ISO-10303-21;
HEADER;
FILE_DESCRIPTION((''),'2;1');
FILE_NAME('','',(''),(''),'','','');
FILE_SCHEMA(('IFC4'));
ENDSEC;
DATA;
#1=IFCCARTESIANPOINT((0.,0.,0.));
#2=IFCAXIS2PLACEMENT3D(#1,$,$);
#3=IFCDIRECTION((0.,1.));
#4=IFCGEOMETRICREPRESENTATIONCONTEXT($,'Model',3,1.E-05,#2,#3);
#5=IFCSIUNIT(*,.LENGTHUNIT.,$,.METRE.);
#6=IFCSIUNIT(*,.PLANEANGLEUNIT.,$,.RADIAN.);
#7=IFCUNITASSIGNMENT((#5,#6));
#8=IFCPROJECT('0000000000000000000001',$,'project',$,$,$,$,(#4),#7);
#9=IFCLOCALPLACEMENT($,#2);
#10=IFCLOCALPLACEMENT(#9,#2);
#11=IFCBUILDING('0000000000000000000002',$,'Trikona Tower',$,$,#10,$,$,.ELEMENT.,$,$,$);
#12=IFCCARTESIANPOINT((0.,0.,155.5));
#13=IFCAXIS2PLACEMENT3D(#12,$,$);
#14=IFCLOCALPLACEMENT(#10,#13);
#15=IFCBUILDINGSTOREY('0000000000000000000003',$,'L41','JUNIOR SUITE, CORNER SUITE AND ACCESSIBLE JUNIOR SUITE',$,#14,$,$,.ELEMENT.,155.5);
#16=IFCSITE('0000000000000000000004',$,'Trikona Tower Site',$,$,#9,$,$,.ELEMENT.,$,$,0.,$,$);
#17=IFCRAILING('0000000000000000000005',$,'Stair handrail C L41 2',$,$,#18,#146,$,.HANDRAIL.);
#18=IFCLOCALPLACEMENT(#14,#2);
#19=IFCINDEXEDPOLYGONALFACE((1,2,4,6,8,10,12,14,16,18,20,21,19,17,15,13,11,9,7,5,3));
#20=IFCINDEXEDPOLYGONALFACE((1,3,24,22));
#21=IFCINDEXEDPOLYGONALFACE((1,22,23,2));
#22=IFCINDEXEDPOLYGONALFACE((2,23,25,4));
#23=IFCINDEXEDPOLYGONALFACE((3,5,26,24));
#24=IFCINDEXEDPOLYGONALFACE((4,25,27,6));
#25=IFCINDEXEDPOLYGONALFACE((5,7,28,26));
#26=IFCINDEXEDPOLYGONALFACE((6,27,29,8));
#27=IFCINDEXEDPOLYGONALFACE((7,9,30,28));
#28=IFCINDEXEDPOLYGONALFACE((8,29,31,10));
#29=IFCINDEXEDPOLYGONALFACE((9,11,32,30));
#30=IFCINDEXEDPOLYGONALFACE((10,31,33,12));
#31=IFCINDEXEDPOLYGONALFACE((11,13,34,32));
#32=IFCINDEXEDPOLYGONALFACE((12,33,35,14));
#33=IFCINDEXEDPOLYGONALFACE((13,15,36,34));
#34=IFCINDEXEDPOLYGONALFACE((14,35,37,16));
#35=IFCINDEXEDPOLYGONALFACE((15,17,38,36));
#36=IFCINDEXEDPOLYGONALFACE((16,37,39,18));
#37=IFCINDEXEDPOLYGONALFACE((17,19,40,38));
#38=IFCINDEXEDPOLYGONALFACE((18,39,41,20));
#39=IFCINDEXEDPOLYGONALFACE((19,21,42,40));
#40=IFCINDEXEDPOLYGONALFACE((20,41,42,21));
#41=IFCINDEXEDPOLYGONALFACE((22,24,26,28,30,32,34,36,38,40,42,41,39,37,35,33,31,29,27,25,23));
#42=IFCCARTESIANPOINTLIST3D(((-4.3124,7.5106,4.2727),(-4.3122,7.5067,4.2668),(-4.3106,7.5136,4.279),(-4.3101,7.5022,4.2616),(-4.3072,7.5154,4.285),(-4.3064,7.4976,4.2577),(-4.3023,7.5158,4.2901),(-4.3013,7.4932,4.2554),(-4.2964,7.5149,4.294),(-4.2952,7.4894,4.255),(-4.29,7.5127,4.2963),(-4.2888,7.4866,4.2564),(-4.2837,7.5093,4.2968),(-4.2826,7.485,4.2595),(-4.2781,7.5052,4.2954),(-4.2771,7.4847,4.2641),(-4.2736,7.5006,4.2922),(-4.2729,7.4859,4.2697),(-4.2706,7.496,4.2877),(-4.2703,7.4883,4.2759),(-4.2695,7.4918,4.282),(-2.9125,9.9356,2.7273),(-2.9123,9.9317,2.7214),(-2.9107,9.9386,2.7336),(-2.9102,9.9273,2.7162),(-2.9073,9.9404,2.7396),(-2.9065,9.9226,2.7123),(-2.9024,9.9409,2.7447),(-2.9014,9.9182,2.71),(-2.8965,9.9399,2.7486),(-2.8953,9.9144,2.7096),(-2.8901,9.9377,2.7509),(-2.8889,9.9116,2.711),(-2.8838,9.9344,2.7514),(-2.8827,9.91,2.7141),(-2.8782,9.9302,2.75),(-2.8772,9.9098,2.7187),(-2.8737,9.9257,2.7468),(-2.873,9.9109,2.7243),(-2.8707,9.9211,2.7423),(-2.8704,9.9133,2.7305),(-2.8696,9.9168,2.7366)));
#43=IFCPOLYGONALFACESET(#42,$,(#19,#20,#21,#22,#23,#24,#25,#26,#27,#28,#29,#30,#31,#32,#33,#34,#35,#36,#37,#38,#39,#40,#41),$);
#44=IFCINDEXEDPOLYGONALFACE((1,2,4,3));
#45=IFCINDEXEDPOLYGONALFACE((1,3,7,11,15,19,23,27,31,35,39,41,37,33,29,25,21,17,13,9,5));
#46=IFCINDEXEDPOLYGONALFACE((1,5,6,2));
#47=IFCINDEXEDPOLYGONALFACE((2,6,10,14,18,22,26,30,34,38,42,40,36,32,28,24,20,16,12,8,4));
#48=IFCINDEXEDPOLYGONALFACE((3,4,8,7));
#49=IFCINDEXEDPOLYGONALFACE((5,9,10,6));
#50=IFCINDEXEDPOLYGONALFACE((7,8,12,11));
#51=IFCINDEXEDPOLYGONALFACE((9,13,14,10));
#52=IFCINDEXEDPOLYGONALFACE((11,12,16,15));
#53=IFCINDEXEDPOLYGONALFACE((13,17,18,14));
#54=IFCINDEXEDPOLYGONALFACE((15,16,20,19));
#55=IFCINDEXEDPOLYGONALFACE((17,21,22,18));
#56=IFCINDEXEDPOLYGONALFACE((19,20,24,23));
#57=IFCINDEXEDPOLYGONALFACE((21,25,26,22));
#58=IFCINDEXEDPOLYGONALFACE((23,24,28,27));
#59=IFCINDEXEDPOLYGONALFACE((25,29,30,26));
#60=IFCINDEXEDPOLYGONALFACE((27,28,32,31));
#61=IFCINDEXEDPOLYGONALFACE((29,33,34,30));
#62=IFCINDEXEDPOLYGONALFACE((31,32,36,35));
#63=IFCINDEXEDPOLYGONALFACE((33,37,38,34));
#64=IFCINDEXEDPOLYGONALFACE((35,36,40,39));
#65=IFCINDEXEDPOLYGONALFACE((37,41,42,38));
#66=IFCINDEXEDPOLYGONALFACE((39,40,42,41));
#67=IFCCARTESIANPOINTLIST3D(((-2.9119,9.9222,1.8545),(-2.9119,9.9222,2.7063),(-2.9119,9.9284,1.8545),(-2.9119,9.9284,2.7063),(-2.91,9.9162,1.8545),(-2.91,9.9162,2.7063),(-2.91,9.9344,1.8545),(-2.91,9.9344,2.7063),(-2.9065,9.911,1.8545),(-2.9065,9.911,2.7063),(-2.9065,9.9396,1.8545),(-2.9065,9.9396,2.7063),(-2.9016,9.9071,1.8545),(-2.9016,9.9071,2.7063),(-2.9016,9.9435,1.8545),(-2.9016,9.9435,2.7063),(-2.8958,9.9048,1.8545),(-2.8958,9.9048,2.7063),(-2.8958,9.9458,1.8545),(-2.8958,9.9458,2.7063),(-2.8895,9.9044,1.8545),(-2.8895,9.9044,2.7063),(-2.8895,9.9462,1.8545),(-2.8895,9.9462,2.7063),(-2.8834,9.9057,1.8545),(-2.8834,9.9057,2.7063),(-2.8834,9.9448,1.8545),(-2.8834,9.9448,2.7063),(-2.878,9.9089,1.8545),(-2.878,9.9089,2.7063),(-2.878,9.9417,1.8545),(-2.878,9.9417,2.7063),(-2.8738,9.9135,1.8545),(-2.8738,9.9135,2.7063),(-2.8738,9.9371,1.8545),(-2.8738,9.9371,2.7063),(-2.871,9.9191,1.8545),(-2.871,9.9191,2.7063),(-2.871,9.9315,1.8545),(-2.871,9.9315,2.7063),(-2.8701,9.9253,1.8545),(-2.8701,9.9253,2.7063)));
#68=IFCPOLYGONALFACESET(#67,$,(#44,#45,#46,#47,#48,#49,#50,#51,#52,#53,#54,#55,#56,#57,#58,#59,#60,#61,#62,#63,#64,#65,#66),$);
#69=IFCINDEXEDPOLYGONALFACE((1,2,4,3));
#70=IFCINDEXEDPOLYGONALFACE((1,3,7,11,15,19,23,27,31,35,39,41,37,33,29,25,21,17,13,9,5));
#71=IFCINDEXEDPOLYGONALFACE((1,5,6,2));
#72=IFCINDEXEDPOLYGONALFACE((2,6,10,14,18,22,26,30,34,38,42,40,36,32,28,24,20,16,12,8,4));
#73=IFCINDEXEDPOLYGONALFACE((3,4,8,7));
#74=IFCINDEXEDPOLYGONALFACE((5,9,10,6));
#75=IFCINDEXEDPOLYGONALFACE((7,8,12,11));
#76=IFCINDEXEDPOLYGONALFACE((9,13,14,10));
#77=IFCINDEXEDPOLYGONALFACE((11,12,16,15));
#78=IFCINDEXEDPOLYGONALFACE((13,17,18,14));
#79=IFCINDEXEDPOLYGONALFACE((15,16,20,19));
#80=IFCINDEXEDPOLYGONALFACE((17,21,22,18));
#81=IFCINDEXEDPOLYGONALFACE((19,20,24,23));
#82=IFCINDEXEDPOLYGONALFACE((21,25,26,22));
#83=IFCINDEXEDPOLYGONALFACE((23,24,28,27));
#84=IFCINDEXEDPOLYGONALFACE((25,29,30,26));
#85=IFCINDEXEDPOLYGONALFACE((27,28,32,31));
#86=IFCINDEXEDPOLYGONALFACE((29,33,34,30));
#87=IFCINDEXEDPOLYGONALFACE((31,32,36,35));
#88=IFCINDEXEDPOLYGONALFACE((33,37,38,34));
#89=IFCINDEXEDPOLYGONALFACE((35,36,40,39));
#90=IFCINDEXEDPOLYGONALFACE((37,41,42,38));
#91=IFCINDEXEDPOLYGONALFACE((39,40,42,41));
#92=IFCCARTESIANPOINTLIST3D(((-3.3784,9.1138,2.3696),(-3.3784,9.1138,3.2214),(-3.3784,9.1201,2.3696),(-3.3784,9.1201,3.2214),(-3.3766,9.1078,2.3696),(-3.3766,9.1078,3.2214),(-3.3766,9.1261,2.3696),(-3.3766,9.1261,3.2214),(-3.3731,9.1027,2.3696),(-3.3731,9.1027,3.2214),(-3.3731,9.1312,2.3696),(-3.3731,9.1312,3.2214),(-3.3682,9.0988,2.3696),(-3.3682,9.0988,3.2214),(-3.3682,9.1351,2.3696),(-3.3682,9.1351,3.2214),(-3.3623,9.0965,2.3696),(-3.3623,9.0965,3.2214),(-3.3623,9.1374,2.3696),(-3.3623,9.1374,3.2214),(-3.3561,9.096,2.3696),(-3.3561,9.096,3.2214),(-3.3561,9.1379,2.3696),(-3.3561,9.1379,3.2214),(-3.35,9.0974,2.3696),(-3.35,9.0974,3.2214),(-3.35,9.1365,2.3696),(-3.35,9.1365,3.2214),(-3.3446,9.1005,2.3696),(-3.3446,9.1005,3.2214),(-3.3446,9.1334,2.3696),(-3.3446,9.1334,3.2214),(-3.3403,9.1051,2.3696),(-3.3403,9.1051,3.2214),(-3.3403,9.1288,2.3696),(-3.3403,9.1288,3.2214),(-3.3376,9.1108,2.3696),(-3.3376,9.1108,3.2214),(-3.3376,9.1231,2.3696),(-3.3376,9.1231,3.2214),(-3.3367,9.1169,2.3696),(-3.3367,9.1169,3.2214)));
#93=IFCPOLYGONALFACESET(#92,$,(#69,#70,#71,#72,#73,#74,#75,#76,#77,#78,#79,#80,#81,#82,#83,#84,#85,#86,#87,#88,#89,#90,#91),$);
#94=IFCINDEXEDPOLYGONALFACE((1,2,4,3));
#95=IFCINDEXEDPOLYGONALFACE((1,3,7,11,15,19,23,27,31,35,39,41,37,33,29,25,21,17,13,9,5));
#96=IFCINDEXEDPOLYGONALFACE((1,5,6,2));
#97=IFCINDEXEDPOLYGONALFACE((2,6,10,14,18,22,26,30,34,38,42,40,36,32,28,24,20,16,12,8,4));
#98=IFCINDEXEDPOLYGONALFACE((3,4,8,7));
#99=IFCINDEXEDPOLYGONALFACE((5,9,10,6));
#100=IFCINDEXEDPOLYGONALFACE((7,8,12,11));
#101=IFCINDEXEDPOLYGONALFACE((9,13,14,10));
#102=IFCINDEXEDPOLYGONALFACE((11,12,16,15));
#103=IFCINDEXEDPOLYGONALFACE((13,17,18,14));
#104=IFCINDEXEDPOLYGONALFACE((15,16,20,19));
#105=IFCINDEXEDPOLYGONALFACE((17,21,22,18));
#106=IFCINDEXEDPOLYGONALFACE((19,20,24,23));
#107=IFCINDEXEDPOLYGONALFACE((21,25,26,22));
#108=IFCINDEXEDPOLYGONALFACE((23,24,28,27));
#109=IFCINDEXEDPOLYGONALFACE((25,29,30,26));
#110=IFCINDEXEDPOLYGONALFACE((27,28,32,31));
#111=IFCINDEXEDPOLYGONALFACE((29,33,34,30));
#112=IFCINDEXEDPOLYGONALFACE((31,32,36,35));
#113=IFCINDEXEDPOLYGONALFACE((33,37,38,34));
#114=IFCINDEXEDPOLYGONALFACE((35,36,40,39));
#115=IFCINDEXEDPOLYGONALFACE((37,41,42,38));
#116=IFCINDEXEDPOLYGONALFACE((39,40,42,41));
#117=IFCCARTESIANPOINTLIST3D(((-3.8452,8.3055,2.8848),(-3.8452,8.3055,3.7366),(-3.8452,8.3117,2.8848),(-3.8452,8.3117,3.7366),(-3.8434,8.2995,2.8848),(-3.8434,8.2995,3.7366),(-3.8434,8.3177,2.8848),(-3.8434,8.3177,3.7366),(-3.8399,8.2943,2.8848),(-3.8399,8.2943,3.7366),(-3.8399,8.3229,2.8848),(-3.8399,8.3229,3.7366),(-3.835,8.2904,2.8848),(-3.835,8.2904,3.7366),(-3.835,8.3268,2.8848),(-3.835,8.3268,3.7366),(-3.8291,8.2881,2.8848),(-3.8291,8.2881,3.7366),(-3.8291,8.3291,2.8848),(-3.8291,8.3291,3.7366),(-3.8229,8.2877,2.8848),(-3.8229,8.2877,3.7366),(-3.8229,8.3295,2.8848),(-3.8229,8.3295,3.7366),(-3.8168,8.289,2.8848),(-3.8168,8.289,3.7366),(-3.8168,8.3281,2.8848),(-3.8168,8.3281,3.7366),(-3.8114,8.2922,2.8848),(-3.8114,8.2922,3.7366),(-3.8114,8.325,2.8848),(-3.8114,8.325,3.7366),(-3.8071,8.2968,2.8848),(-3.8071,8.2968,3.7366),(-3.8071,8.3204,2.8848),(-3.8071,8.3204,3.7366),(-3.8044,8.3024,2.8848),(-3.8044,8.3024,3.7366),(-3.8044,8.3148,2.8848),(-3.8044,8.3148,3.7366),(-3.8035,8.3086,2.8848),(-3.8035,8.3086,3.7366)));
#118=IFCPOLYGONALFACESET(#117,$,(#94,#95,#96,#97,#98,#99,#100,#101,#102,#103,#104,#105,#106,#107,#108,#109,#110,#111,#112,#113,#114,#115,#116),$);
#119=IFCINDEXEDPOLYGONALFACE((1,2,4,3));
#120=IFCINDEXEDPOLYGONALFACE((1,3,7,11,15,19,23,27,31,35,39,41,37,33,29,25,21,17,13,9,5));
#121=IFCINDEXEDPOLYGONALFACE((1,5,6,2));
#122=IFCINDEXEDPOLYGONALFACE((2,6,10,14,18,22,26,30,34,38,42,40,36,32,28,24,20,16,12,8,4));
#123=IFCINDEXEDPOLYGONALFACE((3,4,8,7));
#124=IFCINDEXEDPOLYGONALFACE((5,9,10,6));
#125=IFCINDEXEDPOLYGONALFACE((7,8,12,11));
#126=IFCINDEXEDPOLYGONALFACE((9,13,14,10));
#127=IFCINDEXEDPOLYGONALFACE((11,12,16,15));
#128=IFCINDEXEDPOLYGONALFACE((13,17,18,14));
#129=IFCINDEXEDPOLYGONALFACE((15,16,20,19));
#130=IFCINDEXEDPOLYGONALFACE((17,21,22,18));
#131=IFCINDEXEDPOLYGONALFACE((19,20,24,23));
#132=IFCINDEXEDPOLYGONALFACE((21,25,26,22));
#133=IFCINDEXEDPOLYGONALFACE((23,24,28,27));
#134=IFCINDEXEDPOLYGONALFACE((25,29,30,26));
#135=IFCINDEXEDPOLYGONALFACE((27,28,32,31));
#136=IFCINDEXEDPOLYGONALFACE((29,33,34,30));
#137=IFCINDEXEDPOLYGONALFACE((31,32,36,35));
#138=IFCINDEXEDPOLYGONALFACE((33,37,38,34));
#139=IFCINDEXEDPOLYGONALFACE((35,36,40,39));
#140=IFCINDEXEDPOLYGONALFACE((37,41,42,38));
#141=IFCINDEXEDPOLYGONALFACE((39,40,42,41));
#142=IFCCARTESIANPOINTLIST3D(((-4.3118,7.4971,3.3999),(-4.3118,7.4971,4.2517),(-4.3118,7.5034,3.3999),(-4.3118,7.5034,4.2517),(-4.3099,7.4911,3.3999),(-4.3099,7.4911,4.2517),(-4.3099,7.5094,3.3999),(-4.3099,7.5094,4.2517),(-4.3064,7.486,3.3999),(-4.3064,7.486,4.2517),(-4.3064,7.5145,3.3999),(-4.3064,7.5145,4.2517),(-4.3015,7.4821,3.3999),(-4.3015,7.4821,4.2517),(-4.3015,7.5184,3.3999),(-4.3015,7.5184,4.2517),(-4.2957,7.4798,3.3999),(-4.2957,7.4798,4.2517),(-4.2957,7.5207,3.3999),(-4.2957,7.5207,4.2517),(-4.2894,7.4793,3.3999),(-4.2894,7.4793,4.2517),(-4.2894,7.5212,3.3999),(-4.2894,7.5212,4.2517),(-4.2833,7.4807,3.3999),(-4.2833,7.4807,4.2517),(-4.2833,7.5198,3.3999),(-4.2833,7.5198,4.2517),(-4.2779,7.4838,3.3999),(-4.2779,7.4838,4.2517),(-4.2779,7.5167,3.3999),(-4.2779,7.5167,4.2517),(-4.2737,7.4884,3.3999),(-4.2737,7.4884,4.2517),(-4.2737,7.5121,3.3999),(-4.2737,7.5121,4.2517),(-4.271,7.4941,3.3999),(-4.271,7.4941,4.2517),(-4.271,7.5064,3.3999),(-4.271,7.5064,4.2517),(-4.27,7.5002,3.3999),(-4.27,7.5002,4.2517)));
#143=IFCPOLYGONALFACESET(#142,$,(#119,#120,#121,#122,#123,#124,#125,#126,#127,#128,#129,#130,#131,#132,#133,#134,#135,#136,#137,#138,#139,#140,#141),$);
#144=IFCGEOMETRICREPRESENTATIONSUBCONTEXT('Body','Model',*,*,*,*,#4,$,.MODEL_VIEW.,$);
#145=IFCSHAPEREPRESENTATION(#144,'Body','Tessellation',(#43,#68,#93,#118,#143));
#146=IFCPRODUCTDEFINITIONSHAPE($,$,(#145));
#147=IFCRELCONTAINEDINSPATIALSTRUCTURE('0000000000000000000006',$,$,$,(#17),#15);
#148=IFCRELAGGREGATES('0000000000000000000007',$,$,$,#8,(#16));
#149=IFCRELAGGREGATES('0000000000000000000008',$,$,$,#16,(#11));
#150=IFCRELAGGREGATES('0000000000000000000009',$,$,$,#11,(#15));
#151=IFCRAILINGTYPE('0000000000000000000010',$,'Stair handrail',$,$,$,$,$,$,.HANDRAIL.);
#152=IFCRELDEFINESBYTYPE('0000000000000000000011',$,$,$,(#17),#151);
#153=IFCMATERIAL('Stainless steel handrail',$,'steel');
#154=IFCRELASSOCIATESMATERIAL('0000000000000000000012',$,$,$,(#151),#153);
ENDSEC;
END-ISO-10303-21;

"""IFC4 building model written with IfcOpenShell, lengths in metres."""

from ifc_helpers import new_model, si_unit, direction, frame, origin, origin_2d, place, context, subcontext, project, spatial, circle, extrude, material, type_object, element, save


model = new_model("IFC4")

# Units and contexts
model_context = context("Model", 3, precision=1e-05, world=origin(), true_north=direction((0.0, 1.0)))
body_context = subcontext(model_context, "Body", "Model", "MODEL_VIEW")
ifc_project = project(units=[si_unit("LENGTHUNIT", "METRE"), si_unit("PLANEANGLEUNIT", "RADIAN")], contexts=[model_context])

# Site, building, storey
site_placement = place(None, origin())
site = spatial("IfcSite", under=ifc_project, at=site_placement, Name="Trikona Tower Site", CompositionType="ELEMENT", RefElevation=0.0)
building_placement = place(site_placement, origin())
building = spatial("IfcBuilding", under=site, at=building_placement, Name="Trikona Tower", CompositionType="ELEMENT")
storey_placement = place(building_placement, frame((0.0, 0.0, 155.5)))
storey = spatial("IfcBuildingStorey", under=building, at=storey_placement, Name="L41", Description="JUNIOR SUITE, CORNER SUITE AND ACCESSIBLE JUNIOR SUITE", CompositionType="ELEMENT", Elevation=155.5)

# Railing
ifc_material_1 = material(Name="Stainless steel handrail", Category="steel")
railing_type = type_object("IfcRailingType", Name="Stair handrail", PredefinedType="HANDRAIL", material=ifc_material_1)
railing_1_placement = place(storey_placement, frame((-2.8911, 9.9253, 1.8545)))
element("IfcRailing", 1, at=railing_1_placement, inside=storey, type_object=railing_type, Name="Stair handrail C L41 2", PredefinedType="HANDRAIL", context=body_context, shape_type="SweptSolid", body=[
    extrude(circle(Radius=0.0239, at=origin_2d()), frame((0.0, 0.0, 0.876), z_axis=(-0.437707, -0.75824, 0.483203), x_axis=(0.866056, -0.499946, 0.0)), (0.0, 0.0, 1.0), 3.1982),
    extrude(circle(Radius=0.021, at=origin_2d()), origin(), (0.0, 0.0, 1.0), 0.8518),
    extrude(circle(Radius=0.021, at=origin_2d()), frame((-0.4666, -0.8083, 0.5151)), (0.0, 0.0, 1.0), 0.8518),
    extrude(circle(Radius=0.021, at=origin_2d()), frame((-0.9333, -1.6167, 1.0303)), (0.0, 0.0, 1.0), 0.8518),
    extrude(circle(Radius=0.021, at=origin_2d()), frame((-1.3999, -2.425, 1.5454)), (0.0, 0.0, 1.0), 0.8518),
])

save(model, "model.ifc")
